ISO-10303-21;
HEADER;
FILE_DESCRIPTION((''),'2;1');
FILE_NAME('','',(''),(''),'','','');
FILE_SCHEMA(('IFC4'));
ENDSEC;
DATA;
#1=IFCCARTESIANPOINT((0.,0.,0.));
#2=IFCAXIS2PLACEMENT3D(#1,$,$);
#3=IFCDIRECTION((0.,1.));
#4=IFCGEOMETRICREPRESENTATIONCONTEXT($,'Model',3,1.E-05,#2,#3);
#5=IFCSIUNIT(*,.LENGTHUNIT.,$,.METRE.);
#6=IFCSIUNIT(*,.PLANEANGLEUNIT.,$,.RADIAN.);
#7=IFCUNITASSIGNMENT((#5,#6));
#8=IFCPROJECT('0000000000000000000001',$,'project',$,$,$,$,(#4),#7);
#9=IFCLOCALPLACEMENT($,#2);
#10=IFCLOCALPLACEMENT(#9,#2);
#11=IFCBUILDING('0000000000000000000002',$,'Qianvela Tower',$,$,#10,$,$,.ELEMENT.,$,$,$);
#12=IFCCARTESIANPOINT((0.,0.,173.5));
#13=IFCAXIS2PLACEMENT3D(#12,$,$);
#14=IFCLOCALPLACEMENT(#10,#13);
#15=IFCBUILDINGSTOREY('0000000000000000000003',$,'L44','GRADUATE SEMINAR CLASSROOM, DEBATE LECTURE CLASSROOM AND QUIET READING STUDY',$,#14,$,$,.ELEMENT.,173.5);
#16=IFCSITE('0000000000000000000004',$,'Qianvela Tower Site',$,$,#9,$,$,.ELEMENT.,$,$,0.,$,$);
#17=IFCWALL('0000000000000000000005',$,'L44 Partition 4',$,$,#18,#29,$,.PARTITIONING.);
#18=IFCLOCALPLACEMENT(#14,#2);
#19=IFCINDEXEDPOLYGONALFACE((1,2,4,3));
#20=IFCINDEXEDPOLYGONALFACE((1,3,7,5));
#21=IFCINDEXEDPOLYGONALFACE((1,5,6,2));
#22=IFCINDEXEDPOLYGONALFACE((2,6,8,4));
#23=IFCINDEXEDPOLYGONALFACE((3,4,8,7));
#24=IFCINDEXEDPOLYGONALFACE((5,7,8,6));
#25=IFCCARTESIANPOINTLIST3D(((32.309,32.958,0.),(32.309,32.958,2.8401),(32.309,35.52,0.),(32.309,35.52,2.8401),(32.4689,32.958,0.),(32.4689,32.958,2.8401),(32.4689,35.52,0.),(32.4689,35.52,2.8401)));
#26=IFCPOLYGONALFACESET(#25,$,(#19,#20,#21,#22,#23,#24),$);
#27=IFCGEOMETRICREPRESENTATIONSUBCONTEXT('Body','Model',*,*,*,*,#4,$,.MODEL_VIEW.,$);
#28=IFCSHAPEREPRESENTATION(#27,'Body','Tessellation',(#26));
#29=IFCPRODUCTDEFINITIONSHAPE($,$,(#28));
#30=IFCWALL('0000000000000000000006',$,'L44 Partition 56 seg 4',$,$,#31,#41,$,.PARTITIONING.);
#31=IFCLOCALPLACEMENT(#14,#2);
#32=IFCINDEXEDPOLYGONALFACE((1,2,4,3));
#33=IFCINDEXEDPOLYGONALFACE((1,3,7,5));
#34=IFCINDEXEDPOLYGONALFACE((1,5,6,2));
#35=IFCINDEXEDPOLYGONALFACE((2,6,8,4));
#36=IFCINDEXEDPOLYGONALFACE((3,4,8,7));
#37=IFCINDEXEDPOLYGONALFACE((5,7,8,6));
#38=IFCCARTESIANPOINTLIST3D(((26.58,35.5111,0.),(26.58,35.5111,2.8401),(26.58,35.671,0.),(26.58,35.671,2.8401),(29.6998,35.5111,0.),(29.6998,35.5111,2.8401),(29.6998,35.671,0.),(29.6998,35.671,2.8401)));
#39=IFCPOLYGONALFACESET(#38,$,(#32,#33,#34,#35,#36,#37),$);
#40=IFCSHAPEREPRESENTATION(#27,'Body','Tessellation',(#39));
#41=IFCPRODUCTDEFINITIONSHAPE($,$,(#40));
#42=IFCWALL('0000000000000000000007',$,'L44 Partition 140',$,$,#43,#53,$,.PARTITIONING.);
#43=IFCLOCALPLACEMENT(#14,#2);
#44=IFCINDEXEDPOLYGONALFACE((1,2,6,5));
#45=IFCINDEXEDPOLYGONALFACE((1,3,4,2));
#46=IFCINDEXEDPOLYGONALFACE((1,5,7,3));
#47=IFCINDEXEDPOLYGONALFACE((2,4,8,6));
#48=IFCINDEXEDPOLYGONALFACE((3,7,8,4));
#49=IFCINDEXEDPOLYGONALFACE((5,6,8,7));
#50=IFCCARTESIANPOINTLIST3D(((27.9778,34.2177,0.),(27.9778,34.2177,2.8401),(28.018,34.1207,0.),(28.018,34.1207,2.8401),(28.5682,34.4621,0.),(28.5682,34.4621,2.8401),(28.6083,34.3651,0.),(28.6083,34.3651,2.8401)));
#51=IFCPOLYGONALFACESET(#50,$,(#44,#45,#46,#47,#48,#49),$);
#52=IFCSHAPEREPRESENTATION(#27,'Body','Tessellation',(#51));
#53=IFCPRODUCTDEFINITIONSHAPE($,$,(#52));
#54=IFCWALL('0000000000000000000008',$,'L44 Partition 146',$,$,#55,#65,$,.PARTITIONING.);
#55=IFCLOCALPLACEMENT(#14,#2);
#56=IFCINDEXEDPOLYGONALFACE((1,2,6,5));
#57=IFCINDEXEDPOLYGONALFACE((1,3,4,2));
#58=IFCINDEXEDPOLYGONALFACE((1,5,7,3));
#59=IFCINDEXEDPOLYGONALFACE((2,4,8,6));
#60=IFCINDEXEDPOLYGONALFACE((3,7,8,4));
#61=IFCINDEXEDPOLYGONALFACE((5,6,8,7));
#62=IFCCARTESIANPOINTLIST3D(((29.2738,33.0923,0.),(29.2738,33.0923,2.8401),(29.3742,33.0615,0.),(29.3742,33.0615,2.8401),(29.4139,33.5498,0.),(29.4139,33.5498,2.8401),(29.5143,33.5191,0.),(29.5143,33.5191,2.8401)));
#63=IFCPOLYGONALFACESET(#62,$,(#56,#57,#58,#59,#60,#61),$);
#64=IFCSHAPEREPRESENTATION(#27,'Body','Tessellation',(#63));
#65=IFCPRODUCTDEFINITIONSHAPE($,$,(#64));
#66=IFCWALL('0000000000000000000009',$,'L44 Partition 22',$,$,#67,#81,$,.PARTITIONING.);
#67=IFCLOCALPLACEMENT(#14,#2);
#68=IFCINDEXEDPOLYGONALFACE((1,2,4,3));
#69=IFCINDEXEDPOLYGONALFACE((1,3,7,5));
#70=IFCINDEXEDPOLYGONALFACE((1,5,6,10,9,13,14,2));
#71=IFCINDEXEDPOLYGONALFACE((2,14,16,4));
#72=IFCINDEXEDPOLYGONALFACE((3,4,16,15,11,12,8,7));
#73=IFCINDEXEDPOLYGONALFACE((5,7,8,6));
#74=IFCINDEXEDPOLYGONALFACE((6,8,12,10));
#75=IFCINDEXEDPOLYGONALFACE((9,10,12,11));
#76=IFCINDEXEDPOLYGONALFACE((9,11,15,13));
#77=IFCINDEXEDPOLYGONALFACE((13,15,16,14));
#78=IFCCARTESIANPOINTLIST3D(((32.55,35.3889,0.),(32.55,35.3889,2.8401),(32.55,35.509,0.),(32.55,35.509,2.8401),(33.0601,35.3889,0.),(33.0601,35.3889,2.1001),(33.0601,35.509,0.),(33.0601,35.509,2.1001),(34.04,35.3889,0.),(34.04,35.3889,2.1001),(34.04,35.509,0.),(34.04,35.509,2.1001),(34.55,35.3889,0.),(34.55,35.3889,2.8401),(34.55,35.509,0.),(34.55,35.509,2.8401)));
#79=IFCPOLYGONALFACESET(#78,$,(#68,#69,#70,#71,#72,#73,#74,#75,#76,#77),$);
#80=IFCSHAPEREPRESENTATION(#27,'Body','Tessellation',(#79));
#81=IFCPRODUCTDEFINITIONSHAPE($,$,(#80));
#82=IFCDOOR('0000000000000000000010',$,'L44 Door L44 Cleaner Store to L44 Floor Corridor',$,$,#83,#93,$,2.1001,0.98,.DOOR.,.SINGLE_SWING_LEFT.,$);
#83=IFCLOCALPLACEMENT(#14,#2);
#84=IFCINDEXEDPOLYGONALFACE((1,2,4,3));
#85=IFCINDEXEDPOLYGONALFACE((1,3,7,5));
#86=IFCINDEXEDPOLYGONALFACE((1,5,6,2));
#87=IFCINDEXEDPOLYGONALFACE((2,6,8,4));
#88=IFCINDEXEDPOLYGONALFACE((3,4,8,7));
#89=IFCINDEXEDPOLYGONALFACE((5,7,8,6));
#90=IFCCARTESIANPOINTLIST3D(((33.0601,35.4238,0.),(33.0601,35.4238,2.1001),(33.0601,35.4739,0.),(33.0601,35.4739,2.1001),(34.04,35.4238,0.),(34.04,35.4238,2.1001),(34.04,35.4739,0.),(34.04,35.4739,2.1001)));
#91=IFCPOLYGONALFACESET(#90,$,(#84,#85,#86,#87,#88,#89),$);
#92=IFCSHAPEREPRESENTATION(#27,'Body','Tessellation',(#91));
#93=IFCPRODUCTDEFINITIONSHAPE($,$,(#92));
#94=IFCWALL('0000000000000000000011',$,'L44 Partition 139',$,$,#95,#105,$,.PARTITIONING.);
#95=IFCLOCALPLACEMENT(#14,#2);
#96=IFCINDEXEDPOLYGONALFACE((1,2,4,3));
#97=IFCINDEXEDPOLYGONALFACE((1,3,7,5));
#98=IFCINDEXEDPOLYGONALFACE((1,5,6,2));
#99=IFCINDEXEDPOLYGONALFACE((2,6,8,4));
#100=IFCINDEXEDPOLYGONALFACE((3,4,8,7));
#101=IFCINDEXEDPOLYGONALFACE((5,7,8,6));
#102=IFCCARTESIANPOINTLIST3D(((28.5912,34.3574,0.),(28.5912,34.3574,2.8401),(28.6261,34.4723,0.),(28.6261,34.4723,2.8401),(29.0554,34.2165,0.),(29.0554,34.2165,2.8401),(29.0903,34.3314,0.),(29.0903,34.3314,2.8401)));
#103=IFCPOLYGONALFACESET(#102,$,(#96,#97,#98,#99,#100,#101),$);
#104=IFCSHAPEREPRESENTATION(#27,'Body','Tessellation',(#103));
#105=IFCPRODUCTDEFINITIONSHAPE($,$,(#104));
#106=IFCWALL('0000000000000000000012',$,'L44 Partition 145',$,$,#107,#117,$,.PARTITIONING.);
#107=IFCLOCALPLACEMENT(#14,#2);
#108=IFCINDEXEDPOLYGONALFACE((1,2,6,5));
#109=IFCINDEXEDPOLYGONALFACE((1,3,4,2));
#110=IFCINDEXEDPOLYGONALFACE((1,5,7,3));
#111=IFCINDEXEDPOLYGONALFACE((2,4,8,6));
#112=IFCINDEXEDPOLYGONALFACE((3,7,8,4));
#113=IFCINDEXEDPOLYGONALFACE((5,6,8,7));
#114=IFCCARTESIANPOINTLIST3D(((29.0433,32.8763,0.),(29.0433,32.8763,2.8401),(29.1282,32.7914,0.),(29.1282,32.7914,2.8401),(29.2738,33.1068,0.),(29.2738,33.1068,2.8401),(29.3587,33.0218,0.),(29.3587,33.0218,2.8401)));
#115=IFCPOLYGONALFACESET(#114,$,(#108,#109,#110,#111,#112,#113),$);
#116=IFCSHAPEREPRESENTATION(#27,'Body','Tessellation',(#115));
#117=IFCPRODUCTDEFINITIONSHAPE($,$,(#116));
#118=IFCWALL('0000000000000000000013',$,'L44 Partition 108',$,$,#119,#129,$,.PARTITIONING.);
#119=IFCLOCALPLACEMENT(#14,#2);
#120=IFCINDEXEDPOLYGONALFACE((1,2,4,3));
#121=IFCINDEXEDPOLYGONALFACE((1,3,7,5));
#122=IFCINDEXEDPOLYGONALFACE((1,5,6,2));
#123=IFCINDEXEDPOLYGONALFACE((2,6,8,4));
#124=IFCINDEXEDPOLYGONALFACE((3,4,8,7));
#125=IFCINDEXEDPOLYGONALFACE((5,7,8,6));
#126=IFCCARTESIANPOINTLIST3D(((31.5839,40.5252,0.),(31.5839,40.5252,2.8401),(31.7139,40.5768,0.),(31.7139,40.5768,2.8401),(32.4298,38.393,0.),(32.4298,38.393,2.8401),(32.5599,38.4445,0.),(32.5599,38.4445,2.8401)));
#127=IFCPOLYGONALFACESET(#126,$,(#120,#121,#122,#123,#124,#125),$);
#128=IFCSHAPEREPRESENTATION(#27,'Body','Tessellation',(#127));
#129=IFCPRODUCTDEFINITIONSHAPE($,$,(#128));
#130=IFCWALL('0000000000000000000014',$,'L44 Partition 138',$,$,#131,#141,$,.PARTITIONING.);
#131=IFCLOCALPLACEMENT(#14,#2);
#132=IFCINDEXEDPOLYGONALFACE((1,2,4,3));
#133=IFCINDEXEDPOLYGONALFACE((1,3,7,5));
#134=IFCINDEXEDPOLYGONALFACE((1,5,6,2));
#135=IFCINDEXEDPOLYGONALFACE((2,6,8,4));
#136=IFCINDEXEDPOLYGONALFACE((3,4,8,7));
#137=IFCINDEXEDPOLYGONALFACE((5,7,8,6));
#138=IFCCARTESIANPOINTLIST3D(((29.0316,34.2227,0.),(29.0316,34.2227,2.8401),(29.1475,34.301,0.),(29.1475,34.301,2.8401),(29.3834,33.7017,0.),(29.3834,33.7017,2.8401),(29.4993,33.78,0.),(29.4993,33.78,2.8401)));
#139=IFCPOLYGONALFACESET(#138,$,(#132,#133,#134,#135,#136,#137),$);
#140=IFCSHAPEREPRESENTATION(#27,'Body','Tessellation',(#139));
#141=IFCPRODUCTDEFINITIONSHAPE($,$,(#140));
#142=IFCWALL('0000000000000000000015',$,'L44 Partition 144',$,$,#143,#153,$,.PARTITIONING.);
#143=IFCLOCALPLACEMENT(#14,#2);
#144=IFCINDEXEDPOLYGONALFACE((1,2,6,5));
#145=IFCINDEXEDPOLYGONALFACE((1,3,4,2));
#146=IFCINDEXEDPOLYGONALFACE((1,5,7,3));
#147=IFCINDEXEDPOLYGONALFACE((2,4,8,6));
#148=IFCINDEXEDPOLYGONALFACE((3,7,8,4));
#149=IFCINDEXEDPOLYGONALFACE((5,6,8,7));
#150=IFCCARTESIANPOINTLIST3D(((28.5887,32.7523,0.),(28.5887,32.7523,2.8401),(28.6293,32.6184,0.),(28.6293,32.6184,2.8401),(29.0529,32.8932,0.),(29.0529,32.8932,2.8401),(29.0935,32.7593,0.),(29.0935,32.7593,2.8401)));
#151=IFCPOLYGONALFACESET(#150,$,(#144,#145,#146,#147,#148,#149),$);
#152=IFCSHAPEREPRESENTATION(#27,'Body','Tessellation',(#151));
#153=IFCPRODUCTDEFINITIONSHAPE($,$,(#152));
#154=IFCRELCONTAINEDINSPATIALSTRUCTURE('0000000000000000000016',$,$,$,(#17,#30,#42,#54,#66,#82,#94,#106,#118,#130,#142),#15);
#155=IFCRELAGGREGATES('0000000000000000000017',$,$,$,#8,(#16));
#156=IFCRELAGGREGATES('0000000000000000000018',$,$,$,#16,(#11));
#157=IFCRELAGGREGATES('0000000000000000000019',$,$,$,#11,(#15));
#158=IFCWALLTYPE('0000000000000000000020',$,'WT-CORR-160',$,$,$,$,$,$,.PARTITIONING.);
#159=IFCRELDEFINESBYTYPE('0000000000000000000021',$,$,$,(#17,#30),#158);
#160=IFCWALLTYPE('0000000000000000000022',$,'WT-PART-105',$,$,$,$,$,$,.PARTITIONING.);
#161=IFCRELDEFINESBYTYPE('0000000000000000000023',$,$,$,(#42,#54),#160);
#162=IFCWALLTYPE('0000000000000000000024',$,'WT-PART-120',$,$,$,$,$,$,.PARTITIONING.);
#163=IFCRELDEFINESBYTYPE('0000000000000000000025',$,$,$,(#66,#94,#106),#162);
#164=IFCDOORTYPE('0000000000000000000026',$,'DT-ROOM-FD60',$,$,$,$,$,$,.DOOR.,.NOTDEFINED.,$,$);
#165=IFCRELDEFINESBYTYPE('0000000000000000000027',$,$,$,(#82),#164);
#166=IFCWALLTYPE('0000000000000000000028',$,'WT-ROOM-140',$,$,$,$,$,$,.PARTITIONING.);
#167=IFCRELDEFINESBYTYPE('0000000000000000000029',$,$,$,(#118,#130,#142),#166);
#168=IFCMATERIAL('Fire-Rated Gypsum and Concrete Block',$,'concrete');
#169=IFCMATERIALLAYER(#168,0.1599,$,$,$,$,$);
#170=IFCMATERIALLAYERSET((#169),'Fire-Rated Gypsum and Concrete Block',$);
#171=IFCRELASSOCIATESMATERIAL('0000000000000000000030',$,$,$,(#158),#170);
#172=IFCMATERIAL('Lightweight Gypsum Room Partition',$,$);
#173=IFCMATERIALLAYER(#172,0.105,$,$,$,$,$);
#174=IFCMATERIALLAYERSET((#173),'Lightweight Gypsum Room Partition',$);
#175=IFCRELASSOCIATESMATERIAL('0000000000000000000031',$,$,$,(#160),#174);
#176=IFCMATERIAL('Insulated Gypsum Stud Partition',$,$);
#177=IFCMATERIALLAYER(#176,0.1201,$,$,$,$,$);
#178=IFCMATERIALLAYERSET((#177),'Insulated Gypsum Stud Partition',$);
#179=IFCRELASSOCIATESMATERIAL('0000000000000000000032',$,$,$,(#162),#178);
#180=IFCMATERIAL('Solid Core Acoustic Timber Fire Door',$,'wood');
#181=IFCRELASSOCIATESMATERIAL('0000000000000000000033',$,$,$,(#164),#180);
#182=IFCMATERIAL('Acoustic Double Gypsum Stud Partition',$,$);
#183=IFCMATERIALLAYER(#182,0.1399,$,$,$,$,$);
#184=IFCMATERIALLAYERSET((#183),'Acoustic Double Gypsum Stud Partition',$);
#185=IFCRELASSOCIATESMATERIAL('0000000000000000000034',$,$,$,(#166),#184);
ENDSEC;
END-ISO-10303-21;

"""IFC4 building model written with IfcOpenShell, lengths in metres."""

from ifc_helpers import new_model, si_unit, direction, frame, frame_2d, origin, place, context, subcontext, project, spatial, rectangle, extrude, material, layer, layer_set, type_object, element, fill, save


model = new_model("IFC4")

# Units and contexts
model_context = context("Model", 3, precision=1e-05, world=origin(), true_north=direction((0.0, 1.0)))
body_context = subcontext(model_context, "Body", "Model", "MODEL_VIEW")
ifc_project = project(units=[si_unit("LENGTHUNIT", "METRE"), si_unit("PLANEANGLEUNIT", "RADIAN")], contexts=[model_context])

# Site, building, storey
site_placement = place(None, origin())
site = spatial("IfcSite", under=ifc_project, at=site_placement, Name="Qianvela Tower Site", CompositionType="ELEMENT", RefElevation=0.0)
building_placement = place(site_placement, origin())
building = spatial("IfcBuilding", under=site, at=building_placement, Name="Qianvela Tower", CompositionType="ELEMENT")
storey_placement = place(building_placement, frame((0.0, 0.0, 173.5)))
storey = spatial("IfcBuildingStorey", under=building, at=storey_placement, Name="L44", Description="GRADUATE SEMINAR CLASSROOM, DEBATE LECTURE CLASSROOM AND QUIET READING STUDY", CompositionType="ELEMENT", Elevation=173.5)

# Shared definitions
ifc_material_1 = material(Name="Fire-Rated Gypsum and Concrete Block", Category="concrete")
ifc_layer_1 = layer(ifc_material_1, 0.1599)
ifc_layer_set_1 = layer_set([ifc_layer_1], Name="Fire-Rated Gypsum and Concrete Block")
wall_type_1 = type_object("IfcWallType", Name="WT-CORR-160", PredefinedType="PARTITIONING", material=ifc_layer_set_1)

# Walls
wall_1_placement = place(storey_placement, frame((32.3889, 35.52, 0.0), z_axis=(0.0, 0.0, 1.0), x_axis=(0.0, -1.0, 0.0)))
element("IfcWall", 1, at=wall_1_placement, inside=storey, type_object=wall_type_1, Name="L44 Partition 4", PredefinedType="PARTITIONING", context=body_context, shape_type="SweptSolid", body=[
    extrude(rectangle(XDim=2.562, YDim=0.1599, at=frame_2d((1.281, 0.0))), origin(), (0.0, 0.0, 1.0), 2.8401),
])
wall_2_placement = place(storey_placement, frame((29.7, 35.5911, 0.0), z_axis=(0.0, 0.0, 1.0), x_axis=(-1.0, 0.0, 0.0)))
element("IfcWall", 2, at=wall_2_placement, inside=storey, type_object=wall_type_1, Name="L44 Partition 56 seg 4", PredefinedType="PARTITIONING", context=body_context, shape_type="SweptSolid", body=[
    extrude(rectangle(XDim=3.1199, YDim=0.1599, at=frame_2d((1.5601, 0.0))), origin(), (0.0, 0.0, 1.0), 2.8401),
])
ifc_material_2 = material(Name="Lightweight Gypsum Room Partition")
ifc_layer_2 = layer(ifc_material_2, 0.105)
ifc_layer_set_2 = layer_set([ifc_layer_2], Name="Lightweight Gypsum Room Partition")
wall_type_2 = type_object("IfcWallType", Name="WT-PART-105", PredefinedType="PARTITIONING", material=ifc_layer_set_2)
wall_3_placement = place(storey_placement, frame((28.5881, 34.4136, 0.0), z_axis=(0.0, 0.0, 1.0), x_axis=(-0.923956, -0.382498, 0.0)))
element("IfcWall", 3, at=wall_3_placement, inside=storey, type_object=wall_type_2, Name="L44 Partition 140", PredefinedType="PARTITIONING", context=body_context, shape_type="SweptSolid", body=[
    extrude(rectangle(XDim=0.6389, YDim=0.105, at=frame_2d((0.3193, 0.0))), origin(), (0.0, 0.0, 1.0), 2.8401),
])
wall_4_placement = place(storey_placement, frame((29.324, 33.0769, 0.0), z_axis=(0.0, 0.0, 1.0), x_axis=(0.292867, 0.956153, 0.0)))
element("IfcWall", 4, at=wall_4_placement, inside=storey, type_object=wall_type_2, Name="L44 Partition 146", PredefinedType="PARTITIONING", context=body_context, shape_type="SweptSolid", body=[
    extrude(rectangle(XDim=0.4785, YDim=0.105, at=frame_2d((0.2393, 0.0))), origin(), (0.0, 0.0, 1.0), 2.8401),
])

# Wall, opening, door
ifc_material_3 = material(Name="Insulated Gypsum Stud Partition")
ifc_layer_3 = layer(ifc_material_3, 0.1201)
ifc_layer_set_3 = layer_set([ifc_layer_3], Name="Insulated Gypsum Stud Partition")
wall_type_3 = type_object("IfcWallType", Name="WT-PART-120", PredefinedType="PARTITIONING", material=ifc_layer_set_3)
wall_5_placement = place(storey_placement, frame((32.55, 35.449, 0.0), z_axis=(0.0, 0.0, 1.0), x_axis=(1.0, 0.0, 0.0)))
wall_5 = element("IfcWall", 5, at=wall_5_placement, inside=storey, type_object=wall_type_3, Name="L44 Partition 22", PredefinedType="PARTITIONING", context=body_context, shape_type="SweptSolid", body=[
    extrude(rectangle(XDim=2.0, YDim=0.1201, at=frame_2d((1.0, 0.0))), origin(), (0.0, 0.0, 1.0), 2.8401),
])
opening_1_placement = place(wall_5_placement, frame((0.51, 0.0, 0.0)))
opening_1 = element("IfcOpeningElement", 6, at=opening_1_placement, cuts=wall_5, PredefinedType="OPENING", context=body_context, shape_type="SweptSolid", body=[
    extrude(rectangle(XDim=0.98, YDim=2.1001, at=frame_2d((0.49, 1.05))), frame((0.0, 0.0701, 0.0), z_axis=(0.0, -1.0, 0.0), x_axis=(1.0, 0.0, 0.0)), (0.0, 0.0, 1.0), 0.1401),
])
ifc_material_4 = material(Name="Solid Core Acoustic Timber Fire Door", Category="wood")
door_type_1 = type_object("IfcDoorType", Name="DT-ROOM-FD60", OperationType="NOTDEFINED", PredefinedType="DOOR", material=ifc_material_4)
door_1_placement = place(opening_1_placement, origin())
door_1 = element("IfcDoor", 7, at=door_1_placement, inside=storey, type_object=door_type_1, Name="L44 Door L44 Cleaner Store to L44 Floor Corridor", OperationType="SINGLE_SWING_LEFT", OverallHeight=2.1001, OverallWidth=0.98, PredefinedType="DOOR", context=body_context, shape_type="SweptSolid", body=[
    extrude(rectangle(XDim=0.98, YDim=2.1001, at=frame_2d((0.49, 1.05))), frame((0.0, 0.0249, 0.0), z_axis=(0.0, -1.0, 0.0), x_axis=(1.0, 0.0, 0.0)), (0.0, 0.0, 1.0), 0.05),
])
fill(opening_1, door_1)

# Walls
wall_6_placement = place(storey_placement, frame((29.073, 34.2739, 0.0), z_axis=(0.0, 0.0, 1.0), x_axis=(-0.956893, 0.29044, 0.0)))
element("IfcWall", 8, at=wall_6_placement, inside=storey, type_object=wall_type_3, Name="L44 Partition 139", PredefinedType="PARTITIONING", context=body_context, shape_type="SweptSolid", body=[
    extrude(rectangle(XDim=0.4851, YDim=0.1201, at=frame_2d((0.2427, 0.0))), origin(), (0.0, 0.0, 1.0), 2.8401),
])
wall_7_placement = place(storey_placement, frame((29.0857, 32.8337, 0.0), z_axis=(0.0, 0.0, 1.0), x_axis=(0.707107, 0.707107, 0.0)))
element("IfcWall", 9, at=wall_7_placement, inside=storey, type_object=wall_type_3, Name="L44 Partition 145", PredefinedType="PARTITIONING", context=body_context, shape_type="SweptSolid", body=[
    extrude(rectangle(XDim=0.3259, YDim=0.1201, at=frame_2d((0.1631, 0.0))), origin(), (0.0, 0.0, 1.0), 2.8401),
])
ifc_material_5 = material(Name="Acoustic Double Gypsum Stud Partition")
ifc_layer_4 = layer(ifc_material_5, 0.1399)
ifc_layer_set_4 = layer_set([ifc_layer_4], Name="Acoustic Double Gypsum Stud Partition")
wall_type_4 = type_object("IfcWallType", Name="WT-ROOM-140", PredefinedType="PARTITIONING", material=ifc_layer_set_4)
wall_8_placement = place(storey_placement, frame((31.6489, 40.551, 0.0), z_axis=(0.0, 0.0, 1.0), x_axis=(0.368765, -0.929523, 0.0)))
element("IfcWall", 10, at=wall_8_placement, inside=storey, type_object=wall_type_4, Name="L44 Partition 108", PredefinedType="PARTITIONING", context=body_context, shape_type="SweptSolid", body=[
    extrude(rectangle(XDim=2.2939, YDim=0.1399, at=frame_2d((1.147, 0.0))), origin(), (0.0, 0.0, 1.0), 2.8401),
])
wall_9_placement = place(storey_placement, frame((29.4414, 33.7407, 0.0), z_axis=(0.0, 0.0, 1.0), x_axis=(-0.55962, 0.82875, 0.0)))
element("IfcWall", 11, at=wall_9_placement, inside=storey, type_object=wall_type_4, Name="L44 Partition 138", PredefinedType="PARTITIONING", context=body_context, shape_type="SweptSolid", body=[
    extrude(rectangle(XDim=0.6287, YDim=0.1399, at=frame_2d((0.3145, 0.0))), origin(), (0.0, 0.0, 1.0), 2.8401),
])
wall_10_placement = place(storey_placement, frame((28.6089, 32.6853, 0.0), z_axis=(0.0, 0.0, 1.0), x_axis=(0.956893, 0.29044, 0.0)))
element("IfcWall", 12, at=wall_10_placement, inside=storey, type_object=wall_type_4, Name="L44 Partition 144", PredefinedType="PARTITIONING", context=body_context, shape_type="SweptSolid", body=[
    extrude(rectangle(XDim=0.4851, YDim=0.1399, at=frame_2d((0.2427, 0.0))), origin(), (0.0, 0.0, 1.0), 2.8401),
])

save(model, "model.ifc")
